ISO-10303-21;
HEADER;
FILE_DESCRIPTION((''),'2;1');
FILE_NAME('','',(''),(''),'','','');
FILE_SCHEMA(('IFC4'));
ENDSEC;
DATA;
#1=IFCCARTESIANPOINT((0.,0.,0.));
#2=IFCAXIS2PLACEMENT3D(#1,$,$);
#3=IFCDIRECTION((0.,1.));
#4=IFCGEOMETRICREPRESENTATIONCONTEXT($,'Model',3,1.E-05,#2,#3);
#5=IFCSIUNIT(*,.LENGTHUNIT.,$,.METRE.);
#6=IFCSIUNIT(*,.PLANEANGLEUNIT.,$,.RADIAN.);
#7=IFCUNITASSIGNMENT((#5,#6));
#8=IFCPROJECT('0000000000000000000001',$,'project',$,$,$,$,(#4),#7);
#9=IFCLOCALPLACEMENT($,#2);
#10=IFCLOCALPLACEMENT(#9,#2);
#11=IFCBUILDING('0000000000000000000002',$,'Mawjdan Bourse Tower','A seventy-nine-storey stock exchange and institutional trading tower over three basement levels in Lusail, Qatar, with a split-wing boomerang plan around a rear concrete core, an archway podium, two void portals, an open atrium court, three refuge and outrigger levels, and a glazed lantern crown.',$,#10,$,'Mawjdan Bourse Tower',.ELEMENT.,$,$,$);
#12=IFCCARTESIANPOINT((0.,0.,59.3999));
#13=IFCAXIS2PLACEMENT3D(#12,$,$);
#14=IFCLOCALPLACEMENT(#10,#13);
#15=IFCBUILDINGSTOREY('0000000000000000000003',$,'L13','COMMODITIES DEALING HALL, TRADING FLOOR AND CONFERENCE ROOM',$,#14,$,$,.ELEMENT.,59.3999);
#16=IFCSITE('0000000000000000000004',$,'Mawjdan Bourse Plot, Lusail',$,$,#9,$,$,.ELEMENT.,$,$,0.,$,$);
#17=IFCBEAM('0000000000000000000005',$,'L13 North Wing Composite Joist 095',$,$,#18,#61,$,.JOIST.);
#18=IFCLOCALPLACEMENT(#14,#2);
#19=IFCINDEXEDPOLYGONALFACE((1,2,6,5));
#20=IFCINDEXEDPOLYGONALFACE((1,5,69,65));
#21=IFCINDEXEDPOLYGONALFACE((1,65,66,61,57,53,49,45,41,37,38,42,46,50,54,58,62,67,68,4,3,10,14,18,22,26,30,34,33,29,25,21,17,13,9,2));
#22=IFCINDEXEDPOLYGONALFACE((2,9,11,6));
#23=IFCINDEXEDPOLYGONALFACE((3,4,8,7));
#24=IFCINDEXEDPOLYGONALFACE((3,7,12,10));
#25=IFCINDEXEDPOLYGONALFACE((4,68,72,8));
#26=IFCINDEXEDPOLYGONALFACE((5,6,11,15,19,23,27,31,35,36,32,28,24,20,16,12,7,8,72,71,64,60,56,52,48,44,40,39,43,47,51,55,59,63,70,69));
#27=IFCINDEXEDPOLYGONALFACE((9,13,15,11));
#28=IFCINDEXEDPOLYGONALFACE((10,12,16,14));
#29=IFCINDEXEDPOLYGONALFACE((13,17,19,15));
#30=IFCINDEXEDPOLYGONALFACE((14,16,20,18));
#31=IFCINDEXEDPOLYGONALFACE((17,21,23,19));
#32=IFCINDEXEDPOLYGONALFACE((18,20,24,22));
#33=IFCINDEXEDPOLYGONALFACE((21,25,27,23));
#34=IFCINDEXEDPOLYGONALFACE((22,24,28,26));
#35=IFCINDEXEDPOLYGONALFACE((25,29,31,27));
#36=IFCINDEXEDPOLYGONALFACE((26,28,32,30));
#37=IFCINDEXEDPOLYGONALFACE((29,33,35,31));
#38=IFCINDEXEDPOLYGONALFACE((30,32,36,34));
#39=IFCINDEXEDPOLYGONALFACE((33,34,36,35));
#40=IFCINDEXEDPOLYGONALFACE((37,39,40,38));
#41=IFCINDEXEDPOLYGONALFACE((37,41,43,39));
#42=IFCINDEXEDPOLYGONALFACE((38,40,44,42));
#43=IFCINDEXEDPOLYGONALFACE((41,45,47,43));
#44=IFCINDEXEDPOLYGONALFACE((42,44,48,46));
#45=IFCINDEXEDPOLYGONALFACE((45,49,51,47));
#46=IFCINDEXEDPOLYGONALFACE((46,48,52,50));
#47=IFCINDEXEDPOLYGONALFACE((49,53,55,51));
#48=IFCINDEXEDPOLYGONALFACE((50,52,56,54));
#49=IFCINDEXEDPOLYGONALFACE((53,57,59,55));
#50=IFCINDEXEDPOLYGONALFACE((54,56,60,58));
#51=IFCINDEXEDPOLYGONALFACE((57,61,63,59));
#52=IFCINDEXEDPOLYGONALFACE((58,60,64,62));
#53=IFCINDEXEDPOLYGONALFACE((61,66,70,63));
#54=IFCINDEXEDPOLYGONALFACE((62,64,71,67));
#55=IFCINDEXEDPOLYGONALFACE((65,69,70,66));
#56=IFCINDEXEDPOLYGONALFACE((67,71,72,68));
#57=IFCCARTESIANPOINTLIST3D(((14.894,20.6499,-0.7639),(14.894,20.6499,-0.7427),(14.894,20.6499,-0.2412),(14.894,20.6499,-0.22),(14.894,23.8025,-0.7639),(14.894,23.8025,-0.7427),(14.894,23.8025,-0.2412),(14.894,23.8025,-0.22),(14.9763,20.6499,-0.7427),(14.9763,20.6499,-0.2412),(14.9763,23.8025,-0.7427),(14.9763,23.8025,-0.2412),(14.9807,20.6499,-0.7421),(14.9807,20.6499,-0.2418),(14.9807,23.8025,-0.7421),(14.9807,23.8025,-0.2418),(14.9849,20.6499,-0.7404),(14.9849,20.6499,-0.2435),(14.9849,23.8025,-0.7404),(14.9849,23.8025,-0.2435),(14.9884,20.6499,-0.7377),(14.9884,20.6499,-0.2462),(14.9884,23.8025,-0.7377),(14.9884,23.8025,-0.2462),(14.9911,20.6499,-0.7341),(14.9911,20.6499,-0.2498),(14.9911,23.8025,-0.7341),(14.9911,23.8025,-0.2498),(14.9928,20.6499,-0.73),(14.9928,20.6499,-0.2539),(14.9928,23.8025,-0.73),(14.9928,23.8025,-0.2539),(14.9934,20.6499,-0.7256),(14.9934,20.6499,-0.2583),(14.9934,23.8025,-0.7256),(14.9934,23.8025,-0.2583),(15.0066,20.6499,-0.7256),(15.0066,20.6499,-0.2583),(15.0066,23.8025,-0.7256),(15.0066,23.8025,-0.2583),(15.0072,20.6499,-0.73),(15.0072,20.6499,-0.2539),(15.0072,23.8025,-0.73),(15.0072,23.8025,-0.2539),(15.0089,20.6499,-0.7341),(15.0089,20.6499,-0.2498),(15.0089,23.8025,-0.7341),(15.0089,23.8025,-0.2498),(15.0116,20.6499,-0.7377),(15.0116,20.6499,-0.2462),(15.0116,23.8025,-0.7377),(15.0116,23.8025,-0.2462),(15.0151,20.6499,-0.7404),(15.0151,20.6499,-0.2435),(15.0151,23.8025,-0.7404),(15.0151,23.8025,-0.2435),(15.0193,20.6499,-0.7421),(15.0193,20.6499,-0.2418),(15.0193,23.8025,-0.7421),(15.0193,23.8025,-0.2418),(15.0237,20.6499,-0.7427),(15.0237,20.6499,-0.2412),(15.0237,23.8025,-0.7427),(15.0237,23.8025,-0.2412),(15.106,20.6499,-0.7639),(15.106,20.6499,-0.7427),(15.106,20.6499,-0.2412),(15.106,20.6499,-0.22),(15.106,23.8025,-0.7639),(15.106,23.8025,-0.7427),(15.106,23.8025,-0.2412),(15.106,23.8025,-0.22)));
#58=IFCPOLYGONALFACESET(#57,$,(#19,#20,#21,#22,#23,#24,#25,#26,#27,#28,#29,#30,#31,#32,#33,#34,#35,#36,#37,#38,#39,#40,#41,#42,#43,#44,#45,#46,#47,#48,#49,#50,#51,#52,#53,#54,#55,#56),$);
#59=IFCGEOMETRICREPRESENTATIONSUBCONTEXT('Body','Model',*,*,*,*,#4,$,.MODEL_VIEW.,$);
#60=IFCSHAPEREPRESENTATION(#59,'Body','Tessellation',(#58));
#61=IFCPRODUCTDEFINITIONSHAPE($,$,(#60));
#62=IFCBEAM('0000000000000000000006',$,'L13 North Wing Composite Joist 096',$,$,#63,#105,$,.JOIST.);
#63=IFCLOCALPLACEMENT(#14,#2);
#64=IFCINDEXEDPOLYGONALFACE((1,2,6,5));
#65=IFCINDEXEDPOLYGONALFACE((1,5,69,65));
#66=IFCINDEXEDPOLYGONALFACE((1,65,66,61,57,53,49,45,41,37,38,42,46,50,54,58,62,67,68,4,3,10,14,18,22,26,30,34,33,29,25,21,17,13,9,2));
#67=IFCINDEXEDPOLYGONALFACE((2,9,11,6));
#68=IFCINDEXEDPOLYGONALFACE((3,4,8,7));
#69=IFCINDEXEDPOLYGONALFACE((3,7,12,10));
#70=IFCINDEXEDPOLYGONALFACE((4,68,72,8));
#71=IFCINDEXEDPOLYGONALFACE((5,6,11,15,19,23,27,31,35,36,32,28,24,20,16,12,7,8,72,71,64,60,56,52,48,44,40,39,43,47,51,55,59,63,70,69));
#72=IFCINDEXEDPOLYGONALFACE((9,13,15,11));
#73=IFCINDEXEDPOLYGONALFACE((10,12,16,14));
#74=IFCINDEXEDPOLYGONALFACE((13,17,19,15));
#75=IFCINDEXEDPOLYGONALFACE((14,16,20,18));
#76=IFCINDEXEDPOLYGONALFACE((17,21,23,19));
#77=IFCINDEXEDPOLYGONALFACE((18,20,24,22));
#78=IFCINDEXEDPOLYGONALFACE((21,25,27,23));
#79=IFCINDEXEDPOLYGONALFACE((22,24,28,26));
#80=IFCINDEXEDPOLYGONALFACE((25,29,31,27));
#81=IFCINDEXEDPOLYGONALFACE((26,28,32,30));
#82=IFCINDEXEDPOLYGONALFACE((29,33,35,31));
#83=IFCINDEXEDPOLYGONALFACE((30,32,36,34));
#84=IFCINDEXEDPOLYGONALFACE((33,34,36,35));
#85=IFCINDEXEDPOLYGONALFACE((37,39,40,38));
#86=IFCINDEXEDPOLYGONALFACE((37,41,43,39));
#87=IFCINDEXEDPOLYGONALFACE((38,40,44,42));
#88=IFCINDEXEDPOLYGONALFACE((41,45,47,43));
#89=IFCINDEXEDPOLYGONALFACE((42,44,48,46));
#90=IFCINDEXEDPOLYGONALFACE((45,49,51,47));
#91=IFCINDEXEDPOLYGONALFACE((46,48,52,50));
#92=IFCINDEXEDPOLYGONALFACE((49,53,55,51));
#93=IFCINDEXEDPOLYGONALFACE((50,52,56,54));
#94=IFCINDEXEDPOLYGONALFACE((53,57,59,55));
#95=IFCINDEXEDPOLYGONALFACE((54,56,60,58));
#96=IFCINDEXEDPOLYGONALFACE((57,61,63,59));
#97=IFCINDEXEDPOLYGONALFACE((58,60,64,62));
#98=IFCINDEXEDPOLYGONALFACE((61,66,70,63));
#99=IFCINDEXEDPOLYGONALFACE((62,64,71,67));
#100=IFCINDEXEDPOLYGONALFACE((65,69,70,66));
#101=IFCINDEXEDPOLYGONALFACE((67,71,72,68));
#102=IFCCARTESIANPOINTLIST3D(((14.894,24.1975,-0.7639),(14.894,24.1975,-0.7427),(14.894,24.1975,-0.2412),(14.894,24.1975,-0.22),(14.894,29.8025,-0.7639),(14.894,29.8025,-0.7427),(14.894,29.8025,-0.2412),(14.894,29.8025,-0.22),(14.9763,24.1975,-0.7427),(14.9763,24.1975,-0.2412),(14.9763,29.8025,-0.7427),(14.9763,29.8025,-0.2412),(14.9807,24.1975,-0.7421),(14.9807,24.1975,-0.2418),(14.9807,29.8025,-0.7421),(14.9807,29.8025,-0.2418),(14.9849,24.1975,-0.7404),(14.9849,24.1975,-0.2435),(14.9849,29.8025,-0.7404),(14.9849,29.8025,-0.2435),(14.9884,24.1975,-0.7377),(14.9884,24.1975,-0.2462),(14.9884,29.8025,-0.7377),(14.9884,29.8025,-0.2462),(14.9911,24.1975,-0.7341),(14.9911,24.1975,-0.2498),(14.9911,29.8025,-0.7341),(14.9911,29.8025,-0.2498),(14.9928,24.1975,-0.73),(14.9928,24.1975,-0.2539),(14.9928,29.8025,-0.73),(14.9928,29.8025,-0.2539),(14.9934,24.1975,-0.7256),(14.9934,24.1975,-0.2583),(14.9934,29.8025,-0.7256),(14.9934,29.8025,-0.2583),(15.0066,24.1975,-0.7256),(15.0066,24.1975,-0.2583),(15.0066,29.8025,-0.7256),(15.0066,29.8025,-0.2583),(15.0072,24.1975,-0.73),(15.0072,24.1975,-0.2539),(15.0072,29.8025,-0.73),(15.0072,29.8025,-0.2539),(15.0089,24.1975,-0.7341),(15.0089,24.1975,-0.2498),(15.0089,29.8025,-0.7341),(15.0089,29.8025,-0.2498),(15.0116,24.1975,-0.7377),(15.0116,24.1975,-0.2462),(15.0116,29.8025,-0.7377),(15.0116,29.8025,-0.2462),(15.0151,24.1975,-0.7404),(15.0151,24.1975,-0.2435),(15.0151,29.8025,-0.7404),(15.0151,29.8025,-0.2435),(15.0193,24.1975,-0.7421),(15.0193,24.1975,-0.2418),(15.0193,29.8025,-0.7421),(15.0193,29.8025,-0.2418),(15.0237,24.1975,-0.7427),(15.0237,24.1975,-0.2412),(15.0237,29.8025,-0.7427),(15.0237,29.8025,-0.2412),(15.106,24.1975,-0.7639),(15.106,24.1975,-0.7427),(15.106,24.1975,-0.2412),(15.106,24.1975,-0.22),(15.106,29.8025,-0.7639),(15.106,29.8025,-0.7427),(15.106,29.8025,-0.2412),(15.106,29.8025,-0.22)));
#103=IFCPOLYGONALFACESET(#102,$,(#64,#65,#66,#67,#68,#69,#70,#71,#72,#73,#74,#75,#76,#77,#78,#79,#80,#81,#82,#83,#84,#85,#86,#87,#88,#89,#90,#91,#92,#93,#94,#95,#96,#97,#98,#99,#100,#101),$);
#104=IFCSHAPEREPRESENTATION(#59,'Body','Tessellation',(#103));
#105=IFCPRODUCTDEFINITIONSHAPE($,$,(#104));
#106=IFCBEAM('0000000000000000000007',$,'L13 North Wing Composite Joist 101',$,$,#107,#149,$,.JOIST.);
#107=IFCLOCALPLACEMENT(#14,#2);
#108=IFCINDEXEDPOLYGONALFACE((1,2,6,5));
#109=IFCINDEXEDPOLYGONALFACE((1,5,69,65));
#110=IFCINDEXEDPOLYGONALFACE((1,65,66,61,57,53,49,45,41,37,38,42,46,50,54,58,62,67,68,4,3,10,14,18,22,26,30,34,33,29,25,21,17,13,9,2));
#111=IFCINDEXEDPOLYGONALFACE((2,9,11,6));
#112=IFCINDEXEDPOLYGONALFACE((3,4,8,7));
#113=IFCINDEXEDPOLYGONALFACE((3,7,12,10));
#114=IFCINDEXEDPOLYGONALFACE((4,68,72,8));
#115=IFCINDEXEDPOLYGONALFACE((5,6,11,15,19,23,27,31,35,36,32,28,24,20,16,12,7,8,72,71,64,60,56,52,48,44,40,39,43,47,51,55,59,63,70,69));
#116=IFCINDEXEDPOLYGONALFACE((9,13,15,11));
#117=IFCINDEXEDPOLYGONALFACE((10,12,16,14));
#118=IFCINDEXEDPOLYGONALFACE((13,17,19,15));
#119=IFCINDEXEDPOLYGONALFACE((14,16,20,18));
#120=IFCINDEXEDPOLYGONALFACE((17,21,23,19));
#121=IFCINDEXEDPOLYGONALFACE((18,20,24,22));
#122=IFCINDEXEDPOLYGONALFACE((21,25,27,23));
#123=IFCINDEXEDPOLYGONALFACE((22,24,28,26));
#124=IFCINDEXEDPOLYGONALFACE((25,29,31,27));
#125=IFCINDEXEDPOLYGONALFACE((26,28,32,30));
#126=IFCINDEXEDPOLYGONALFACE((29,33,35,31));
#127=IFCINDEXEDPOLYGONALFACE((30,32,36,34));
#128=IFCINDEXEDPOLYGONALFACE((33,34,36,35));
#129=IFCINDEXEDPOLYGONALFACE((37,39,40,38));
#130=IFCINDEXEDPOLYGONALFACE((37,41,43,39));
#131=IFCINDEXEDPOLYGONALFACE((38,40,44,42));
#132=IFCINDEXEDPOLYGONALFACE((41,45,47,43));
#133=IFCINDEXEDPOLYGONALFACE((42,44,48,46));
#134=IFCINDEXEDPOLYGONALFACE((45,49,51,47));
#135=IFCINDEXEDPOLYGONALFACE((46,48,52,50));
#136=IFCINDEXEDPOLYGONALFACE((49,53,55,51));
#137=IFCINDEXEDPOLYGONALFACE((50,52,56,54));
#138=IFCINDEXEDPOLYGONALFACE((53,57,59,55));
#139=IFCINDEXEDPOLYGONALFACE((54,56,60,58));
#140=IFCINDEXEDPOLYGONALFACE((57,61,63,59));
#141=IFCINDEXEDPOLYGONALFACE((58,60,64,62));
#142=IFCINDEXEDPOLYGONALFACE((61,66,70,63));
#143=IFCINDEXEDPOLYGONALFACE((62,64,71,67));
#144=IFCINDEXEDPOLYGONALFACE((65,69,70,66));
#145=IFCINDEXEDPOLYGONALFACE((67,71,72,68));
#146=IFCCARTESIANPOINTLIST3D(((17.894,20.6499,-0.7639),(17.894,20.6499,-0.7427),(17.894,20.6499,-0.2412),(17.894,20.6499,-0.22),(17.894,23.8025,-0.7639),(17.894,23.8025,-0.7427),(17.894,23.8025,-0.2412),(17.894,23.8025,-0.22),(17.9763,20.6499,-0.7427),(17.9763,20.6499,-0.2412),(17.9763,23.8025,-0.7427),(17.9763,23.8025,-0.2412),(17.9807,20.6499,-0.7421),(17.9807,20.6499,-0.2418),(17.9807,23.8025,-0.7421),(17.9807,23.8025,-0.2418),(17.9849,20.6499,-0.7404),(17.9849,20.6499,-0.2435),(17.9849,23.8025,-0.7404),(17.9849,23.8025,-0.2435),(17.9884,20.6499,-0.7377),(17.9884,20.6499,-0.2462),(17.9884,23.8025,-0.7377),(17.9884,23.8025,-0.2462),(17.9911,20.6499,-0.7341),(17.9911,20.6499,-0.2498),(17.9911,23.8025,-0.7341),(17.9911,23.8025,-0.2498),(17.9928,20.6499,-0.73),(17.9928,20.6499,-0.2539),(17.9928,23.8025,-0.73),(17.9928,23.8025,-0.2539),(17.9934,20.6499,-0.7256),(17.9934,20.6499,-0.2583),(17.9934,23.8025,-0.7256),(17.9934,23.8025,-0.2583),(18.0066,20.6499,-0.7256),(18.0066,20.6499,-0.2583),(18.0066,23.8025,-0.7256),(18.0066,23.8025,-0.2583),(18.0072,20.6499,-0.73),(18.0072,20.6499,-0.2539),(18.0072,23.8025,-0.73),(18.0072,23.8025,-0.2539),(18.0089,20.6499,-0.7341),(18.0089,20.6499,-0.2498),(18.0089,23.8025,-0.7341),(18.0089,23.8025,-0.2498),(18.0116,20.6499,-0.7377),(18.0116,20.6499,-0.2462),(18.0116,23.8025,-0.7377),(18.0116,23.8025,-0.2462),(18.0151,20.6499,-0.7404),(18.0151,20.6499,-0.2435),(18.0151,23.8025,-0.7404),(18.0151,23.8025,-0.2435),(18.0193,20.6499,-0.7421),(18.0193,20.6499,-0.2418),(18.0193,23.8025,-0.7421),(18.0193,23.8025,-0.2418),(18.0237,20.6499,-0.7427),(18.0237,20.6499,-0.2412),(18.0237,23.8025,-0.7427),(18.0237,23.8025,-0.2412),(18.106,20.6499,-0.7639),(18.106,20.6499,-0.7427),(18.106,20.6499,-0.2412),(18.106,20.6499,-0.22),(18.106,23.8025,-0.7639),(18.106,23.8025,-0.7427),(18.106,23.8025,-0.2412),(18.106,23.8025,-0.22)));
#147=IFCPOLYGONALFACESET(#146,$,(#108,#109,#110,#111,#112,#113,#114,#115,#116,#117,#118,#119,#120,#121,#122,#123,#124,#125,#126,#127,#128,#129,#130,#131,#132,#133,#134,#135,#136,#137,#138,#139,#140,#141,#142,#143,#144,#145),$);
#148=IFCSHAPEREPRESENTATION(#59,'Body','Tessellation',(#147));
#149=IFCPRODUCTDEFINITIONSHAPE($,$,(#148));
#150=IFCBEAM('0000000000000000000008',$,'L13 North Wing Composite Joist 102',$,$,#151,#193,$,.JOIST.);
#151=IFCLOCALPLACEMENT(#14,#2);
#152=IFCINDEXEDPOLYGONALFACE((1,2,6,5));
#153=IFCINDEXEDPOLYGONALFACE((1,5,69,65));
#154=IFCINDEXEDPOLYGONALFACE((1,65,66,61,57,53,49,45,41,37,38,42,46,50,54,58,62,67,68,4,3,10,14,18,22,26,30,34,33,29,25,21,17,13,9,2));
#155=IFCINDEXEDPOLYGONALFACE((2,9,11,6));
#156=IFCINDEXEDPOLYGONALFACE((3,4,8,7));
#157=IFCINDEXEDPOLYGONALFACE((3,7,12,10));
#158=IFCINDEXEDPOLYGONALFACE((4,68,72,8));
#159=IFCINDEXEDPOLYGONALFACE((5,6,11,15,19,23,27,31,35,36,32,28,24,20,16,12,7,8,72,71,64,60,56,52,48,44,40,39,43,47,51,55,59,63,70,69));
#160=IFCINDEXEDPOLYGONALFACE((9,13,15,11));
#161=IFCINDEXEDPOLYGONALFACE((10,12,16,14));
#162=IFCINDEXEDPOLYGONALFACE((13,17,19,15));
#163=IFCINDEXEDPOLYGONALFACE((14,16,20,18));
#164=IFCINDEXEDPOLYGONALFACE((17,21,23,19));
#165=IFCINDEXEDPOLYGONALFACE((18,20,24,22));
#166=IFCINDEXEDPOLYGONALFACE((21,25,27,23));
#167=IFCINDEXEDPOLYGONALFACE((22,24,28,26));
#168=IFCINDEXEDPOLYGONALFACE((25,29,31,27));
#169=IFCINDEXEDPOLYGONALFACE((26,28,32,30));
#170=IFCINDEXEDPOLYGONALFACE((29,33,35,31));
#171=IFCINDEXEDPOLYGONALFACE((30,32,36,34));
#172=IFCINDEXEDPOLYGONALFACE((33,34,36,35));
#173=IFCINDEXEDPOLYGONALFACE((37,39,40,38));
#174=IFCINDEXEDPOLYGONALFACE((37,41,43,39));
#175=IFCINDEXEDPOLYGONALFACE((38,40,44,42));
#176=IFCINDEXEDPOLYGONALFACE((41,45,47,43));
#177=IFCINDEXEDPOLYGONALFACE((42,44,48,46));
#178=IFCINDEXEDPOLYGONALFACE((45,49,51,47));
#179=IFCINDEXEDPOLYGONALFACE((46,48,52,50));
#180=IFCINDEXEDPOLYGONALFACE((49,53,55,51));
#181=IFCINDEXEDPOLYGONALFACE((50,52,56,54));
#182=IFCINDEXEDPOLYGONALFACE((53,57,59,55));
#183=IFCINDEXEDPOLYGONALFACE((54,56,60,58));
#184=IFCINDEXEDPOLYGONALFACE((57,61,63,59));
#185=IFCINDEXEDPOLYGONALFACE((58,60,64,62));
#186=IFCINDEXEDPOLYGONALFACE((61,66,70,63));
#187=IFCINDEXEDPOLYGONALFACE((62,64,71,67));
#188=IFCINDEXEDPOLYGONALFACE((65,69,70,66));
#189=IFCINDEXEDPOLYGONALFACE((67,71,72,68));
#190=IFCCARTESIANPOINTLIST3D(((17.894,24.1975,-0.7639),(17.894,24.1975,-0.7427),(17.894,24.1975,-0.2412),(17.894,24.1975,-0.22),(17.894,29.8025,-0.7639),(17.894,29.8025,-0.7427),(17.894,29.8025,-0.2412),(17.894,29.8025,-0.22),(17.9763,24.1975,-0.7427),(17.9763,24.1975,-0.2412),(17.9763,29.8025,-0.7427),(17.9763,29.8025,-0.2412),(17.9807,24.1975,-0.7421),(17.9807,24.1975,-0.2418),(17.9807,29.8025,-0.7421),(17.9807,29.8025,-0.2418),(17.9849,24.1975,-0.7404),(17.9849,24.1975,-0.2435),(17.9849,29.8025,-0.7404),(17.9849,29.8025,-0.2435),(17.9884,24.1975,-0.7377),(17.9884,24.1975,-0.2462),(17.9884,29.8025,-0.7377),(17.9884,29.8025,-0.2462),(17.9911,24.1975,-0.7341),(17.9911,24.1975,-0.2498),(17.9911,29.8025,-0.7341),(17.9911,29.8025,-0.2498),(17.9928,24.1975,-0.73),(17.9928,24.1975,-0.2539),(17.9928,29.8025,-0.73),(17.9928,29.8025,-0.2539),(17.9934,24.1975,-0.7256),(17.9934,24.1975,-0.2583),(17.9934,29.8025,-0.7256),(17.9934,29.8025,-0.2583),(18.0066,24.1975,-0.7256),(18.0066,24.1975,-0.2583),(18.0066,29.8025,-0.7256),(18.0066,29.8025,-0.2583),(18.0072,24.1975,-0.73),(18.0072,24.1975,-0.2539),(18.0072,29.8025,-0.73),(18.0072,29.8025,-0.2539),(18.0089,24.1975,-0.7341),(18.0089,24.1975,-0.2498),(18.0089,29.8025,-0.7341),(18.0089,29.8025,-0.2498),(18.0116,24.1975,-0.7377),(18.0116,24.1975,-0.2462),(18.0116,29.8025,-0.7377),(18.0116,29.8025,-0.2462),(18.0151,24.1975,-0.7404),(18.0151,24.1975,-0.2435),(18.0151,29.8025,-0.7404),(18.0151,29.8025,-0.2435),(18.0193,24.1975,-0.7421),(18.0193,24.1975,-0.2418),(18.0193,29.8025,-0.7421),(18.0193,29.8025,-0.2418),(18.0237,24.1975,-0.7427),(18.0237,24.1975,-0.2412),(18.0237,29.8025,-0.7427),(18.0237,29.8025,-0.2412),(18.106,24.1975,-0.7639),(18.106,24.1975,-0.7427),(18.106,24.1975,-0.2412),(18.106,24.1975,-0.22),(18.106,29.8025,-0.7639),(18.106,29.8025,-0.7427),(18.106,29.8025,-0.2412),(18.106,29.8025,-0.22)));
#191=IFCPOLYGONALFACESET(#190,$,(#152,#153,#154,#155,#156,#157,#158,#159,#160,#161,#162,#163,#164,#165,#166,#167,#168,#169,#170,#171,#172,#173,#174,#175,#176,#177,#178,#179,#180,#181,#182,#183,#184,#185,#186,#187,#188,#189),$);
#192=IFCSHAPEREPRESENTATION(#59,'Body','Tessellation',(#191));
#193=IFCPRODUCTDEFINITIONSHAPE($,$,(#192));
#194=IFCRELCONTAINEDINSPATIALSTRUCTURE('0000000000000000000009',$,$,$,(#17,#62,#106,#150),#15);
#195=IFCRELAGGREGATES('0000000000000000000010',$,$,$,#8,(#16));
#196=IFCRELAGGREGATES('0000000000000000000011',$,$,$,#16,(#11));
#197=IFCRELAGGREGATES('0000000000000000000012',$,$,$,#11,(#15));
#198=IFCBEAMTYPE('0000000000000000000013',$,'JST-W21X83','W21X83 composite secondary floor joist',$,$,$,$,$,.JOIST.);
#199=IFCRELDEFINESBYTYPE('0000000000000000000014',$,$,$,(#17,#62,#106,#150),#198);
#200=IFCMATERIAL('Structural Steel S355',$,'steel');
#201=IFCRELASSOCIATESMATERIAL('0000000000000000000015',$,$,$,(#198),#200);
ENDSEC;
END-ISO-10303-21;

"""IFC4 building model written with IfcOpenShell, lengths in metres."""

from ifc_helpers import new_model, si_unit, direction, frame, origin, origin_2d, place, context, subcontext, project, spatial, i_section, extrude, material, material_profile, profile_set, type_object, element, save


model = new_model("IFC4")

# Units and contexts
model_context = context("Model", 3, precision=1e-05, world=origin(), true_north=direction((0.0, 1.0)))
body_context = subcontext(model_context, "Body", "Model", "MODEL_VIEW")
ifc_project = project(units=[si_unit("LENGTHUNIT", "METRE"), si_unit("PLANEANGLEUNIT", "RADIAN")], contexts=[model_context])

# Site, building, storey
site_placement = place(None, origin())
site = spatial("IfcSite", under=ifc_project, at=site_placement, Name="Mawjdan Bourse Plot, Lusail", CompositionType="ELEMENT", RefElevation=0.0)
building_placement = place(site_placement, origin())
building = spatial("IfcBuilding", under=site, at=building_placement, Name="Mawjdan Bourse Tower", Description="A seventy-nine-storey stock exchange and institutional trading tower over three basement levels in Lusail, Qatar, with a split-wing boomerang plan around a rear concrete core, an archway podium, two void portals, an open atrium court, three refuge and outrigger levels, and a glazed lantern crown.", LongName="Mawjdan Bourse Tower", CompositionType="ELEMENT")
storey_placement = place(building_placement, frame((0.0, 0.0, 59.3999)))
storey = spatial("IfcBuildingStorey", under=building, at=storey_placement, Name="L13", Description="COMMODITIES DEALING HALL, TRADING FLOOR AND CONFERENCE ROOM", CompositionType="ELEMENT", Elevation=59.3999)

# Beams
ifc_material_1 = material(Name="Structural Steel S355", Category="steel")
ifc_material_profile_1 = material_profile(ifc_material_1, i_section(OverallWidth=0.2119, OverallDepth=0.5439, WebThickness=0.0132, FlangeThickness=0.0212, FilletRadius=0.0171, at=origin_2d()), Name="W21X83")
ifc_profile_set_1 = profile_set([ifc_material_profile_1], Name="Structural Steel S355")
beam_type_1 = type_object("IfcBeamType", Name="JST-W21X83", Description="W21X83 composite secondary floor joist", PredefinedType="JOIST", material=ifc_profile_set_1)
beam_1_placement = place(storey_placement, frame((15.0, 20.6499, -0.4919), z_axis=(0.0, 1.0, 0.0), x_axis=(-1.0, 0.0, 0.0)))
element("IfcBeam", 1, at=beam_1_placement, inside=storey, type_object=beam_type_1, Name="L13 North Wing Composite Joist 095", PredefinedType="JOIST", context=body_context, shape_type="SweptSolid", body=[
    extrude(i_section(OverallWidth=0.2119, OverallDepth=0.5439, WebThickness=0.0132, FlangeThickness=0.0212, FilletRadius=0.0171, at=origin_2d()), origin(), (0.0, 0.0, 1.0), 3.1526),
])
beam_2_placement = place(storey_placement, frame((15.0, 24.1975, -0.4919), z_axis=(0.0, 1.0, 0.0), x_axis=(-1.0, 0.0, 0.0)))
element("IfcBeam", 2, at=beam_2_placement, inside=storey, type_object=beam_type_1, Name="L13 North Wing Composite Joist 096", PredefinedType="JOIST", context=body_context, shape_type="SweptSolid", body=[
    extrude(i_section(OverallWidth=0.2119, OverallDepth=0.5439, WebThickness=0.0132, FlangeThickness=0.0212, FilletRadius=0.0171, at=origin_2d()), origin(), (0.0, 0.0, 1.0), 5.605),
])
beam_3_placement = place(storey_placement, frame((18.0, 20.6499, -0.4919), z_axis=(0.0, 1.0, 0.0), x_axis=(-1.0, 0.0, 0.0)))
element("IfcBeam", 3, at=beam_3_placement, inside=storey, type_object=beam_type_1, Name="L13 North Wing Composite Joist 101", PredefinedType="JOIST", context=body_context, shape_type="SweptSolid", body=[
    extrude(i_section(OverallWidth=0.2119, OverallDepth=0.5439, WebThickness=0.0132, FlangeThickness=0.0212, FilletRadius=0.0171, at=origin_2d()), origin(), (0.0, 0.0, 1.0), 3.1526),
])
beam_4_placement = place(storey_placement, frame((18.0, 24.1975, -0.4919), z_axis=(0.0, 1.0, 0.0), x_axis=(-1.0, 0.0, 0.0)))
element("IfcBeam", 4, at=beam_4_placement, inside=storey, type_object=beam_type_1, Name="L13 North Wing Composite Joist 102", PredefinedType="JOIST", context=body_context, shape_type="SweptSolid", body=[
    extrude(i_section(OverallWidth=0.2119, OverallDepth=0.5439, WebThickness=0.0132, FlangeThickness=0.0212, FilletRadius=0.0171, at=origin_2d()), origin(), (0.0, 0.0, 1.0), 5.605),
])

save(model, "model.ifc")
